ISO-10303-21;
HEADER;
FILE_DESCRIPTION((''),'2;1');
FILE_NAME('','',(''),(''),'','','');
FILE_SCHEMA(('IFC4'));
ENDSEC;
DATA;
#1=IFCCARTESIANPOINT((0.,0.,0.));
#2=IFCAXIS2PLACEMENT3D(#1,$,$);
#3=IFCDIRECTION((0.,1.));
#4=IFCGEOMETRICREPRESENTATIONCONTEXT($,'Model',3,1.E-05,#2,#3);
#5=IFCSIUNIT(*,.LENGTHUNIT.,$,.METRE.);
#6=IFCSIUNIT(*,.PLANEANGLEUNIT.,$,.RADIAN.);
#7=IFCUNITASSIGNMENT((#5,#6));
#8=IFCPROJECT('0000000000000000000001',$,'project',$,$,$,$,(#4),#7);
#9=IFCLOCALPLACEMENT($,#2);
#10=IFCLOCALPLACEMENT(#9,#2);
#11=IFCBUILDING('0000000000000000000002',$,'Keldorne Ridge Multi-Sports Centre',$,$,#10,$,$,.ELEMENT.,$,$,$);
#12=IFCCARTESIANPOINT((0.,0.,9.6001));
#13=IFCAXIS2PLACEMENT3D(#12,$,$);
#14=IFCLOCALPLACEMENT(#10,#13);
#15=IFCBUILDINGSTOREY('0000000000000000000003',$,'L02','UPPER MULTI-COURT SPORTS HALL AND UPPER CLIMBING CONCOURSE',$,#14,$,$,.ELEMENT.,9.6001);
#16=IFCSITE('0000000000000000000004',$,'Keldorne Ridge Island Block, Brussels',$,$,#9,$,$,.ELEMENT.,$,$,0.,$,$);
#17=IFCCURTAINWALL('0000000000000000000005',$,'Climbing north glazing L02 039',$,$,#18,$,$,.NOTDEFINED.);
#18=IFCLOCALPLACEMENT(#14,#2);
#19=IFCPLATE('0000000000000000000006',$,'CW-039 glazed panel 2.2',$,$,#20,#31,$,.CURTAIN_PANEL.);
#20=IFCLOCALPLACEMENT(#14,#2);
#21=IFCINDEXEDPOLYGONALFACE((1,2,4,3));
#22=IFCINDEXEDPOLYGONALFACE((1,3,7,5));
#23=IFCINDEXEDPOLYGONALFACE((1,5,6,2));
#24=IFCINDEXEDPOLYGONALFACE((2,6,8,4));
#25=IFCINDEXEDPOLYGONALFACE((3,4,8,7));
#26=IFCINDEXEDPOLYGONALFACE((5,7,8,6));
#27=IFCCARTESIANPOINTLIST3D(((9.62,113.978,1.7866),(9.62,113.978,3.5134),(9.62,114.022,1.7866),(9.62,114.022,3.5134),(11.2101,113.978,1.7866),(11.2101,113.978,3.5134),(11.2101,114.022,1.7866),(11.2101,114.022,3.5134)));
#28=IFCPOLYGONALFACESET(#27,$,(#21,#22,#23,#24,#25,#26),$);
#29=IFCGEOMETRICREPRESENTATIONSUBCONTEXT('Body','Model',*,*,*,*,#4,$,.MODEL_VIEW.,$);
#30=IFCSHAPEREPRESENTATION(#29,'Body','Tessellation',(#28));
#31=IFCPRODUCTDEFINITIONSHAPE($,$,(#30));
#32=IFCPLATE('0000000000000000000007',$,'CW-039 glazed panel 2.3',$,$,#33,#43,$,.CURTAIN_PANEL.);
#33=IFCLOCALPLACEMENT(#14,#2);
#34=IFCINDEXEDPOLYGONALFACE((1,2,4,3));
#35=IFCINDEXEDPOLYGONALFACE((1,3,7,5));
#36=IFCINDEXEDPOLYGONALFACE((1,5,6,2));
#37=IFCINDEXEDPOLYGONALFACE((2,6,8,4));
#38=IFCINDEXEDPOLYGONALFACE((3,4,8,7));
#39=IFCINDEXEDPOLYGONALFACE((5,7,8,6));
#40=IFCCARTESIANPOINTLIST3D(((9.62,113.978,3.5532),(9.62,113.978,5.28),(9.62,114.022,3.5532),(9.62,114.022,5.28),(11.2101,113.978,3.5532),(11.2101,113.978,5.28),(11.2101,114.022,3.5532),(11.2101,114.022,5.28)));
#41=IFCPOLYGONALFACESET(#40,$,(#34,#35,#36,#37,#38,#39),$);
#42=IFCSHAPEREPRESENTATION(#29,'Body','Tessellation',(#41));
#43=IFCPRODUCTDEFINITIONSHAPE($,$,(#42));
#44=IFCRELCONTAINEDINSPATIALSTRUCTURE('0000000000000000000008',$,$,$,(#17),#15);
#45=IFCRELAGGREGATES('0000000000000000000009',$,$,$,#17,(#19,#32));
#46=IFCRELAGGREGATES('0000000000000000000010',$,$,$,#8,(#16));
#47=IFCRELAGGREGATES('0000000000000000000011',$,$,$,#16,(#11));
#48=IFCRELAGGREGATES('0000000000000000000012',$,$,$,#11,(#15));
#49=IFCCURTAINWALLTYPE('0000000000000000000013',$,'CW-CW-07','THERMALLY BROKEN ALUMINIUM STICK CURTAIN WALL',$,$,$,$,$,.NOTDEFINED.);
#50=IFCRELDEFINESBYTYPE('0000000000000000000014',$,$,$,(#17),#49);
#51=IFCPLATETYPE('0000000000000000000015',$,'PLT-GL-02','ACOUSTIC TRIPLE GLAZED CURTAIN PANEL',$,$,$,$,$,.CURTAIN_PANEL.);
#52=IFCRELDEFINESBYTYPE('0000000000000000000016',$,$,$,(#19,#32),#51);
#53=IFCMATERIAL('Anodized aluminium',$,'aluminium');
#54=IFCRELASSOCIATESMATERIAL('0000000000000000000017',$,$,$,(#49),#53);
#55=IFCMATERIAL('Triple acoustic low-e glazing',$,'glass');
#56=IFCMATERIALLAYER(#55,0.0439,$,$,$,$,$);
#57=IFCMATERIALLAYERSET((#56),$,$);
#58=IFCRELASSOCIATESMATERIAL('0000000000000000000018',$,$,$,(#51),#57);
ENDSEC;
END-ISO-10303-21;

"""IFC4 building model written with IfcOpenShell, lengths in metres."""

from ifc_helpers import new_model, si_unit, direction, frame, origin, origin_2d, place, context, subcontext, project, spatial, rectangle, extrude, material, layer, layer_set, type_object, element, aggregate, save


model = new_model("IFC4")

# Units and contexts
model_context = context("Model", 3, precision=1e-05, world=origin(), true_north=direction((0.0, 1.0)))
body_context = subcontext(model_context, "Body", "Model", "MODEL_VIEW")
ifc_project = project(units=[si_unit("LENGTHUNIT", "METRE"), si_unit("PLANEANGLEUNIT", "RADIAN")], contexts=[model_context])

# Site, building, storey
site_placement = place(None, origin())
site = spatial("IfcSite", under=ifc_project, at=site_placement, Name="Keldorne Ridge Island Block, Brussels", CompositionType="ELEMENT", RefElevation=0.0)
building_placement = place(site_placement, origin())
building = spatial("IfcBuilding", under=site, at=building_placement, Name="Keldorne Ridge Multi-Sports Centre", CompositionType="ELEMENT")
storey_placement = place(building_placement, frame((0.0, 0.0, 9.6001)))
storey = spatial("IfcBuildingStorey", under=building, at=storey_placement, Name="L02", Description="UPPER MULTI-COURT SPORTS HALL AND UPPER CLIMBING CONCOURSE", CompositionType="ELEMENT", Elevation=9.6001)

# Curtain wall
ifc_material_1 = material(Name="Anodized aluminium", Category="aluminium")
curtain_wall_type = type_object("IfcCurtainWallType", Name="CW-CW-07", Description="THERMALLY BROKEN ALUMINIUM STICK CURTAIN WALL", PredefinedType="NOTDEFINED", material=ifc_material_1)
curtain_wall_placement = place(storey_placement, origin())
curtain_wall = element("IfcCurtainWall", 1, at=curtain_wall_placement, inside=storey, type_object=curtain_wall_type, Name="Climbing north glazing L02 039", PredefinedType="NOTDEFINED")

# Plates
ifc_material_2 = material(Name="Triple acoustic low-e glazing", Category="glass")
ifc_layer = layer(ifc_material_2, 0.0439)
ifc_layer_set = layer_set([ifc_layer])
plate_type = type_object("IfcPlateType", Name="PLT-GL-02", Description="ACOUSTIC TRIPLE GLAZED CURTAIN PANEL", PredefinedType="CURTAIN_PANEL", material=ifc_layer_set)
plate_1_placement = place(storey_placement, frame((10.415, 114.0, 1.7866), z_axis=(0.0, 0.0, 1.0), x_axis=(-1.0, 0.0, 0.0)))
plate_1 = element("IfcPlate", 2, at=plate_1_placement, type_object=plate_type, Name="CW-039 glazed panel 2.2", PredefinedType="CURTAIN_PANEL", context=body_context, shape_type="SweptSolid", body=[
    extrude(rectangle(XDim=1.5901, YDim=0.0439, at=origin_2d()), origin(), (0.0, 0.0, 1.0), 1.7268),
])
plate_2_placement = place(storey_placement, frame((10.415, 114.0, 3.5532), z_axis=(0.0, 0.0, 1.0), x_axis=(-1.0, 0.0, 0.0)))
plate_2 = element("IfcPlate", 3, at=plate_2_placement, type_object=plate_type, Name="CW-039 glazed panel 2.3", PredefinedType="CURTAIN_PANEL", context=body_context, shape_type="SweptSolid", body=[
    extrude(rectangle(XDim=1.5901, YDim=0.0439, at=origin_2d()), origin(), (0.0, 0.0, 1.0), 1.7268),
])
aggregate(curtain_wall, [plate_1, plate_2])

save(model, "model.ifc")
